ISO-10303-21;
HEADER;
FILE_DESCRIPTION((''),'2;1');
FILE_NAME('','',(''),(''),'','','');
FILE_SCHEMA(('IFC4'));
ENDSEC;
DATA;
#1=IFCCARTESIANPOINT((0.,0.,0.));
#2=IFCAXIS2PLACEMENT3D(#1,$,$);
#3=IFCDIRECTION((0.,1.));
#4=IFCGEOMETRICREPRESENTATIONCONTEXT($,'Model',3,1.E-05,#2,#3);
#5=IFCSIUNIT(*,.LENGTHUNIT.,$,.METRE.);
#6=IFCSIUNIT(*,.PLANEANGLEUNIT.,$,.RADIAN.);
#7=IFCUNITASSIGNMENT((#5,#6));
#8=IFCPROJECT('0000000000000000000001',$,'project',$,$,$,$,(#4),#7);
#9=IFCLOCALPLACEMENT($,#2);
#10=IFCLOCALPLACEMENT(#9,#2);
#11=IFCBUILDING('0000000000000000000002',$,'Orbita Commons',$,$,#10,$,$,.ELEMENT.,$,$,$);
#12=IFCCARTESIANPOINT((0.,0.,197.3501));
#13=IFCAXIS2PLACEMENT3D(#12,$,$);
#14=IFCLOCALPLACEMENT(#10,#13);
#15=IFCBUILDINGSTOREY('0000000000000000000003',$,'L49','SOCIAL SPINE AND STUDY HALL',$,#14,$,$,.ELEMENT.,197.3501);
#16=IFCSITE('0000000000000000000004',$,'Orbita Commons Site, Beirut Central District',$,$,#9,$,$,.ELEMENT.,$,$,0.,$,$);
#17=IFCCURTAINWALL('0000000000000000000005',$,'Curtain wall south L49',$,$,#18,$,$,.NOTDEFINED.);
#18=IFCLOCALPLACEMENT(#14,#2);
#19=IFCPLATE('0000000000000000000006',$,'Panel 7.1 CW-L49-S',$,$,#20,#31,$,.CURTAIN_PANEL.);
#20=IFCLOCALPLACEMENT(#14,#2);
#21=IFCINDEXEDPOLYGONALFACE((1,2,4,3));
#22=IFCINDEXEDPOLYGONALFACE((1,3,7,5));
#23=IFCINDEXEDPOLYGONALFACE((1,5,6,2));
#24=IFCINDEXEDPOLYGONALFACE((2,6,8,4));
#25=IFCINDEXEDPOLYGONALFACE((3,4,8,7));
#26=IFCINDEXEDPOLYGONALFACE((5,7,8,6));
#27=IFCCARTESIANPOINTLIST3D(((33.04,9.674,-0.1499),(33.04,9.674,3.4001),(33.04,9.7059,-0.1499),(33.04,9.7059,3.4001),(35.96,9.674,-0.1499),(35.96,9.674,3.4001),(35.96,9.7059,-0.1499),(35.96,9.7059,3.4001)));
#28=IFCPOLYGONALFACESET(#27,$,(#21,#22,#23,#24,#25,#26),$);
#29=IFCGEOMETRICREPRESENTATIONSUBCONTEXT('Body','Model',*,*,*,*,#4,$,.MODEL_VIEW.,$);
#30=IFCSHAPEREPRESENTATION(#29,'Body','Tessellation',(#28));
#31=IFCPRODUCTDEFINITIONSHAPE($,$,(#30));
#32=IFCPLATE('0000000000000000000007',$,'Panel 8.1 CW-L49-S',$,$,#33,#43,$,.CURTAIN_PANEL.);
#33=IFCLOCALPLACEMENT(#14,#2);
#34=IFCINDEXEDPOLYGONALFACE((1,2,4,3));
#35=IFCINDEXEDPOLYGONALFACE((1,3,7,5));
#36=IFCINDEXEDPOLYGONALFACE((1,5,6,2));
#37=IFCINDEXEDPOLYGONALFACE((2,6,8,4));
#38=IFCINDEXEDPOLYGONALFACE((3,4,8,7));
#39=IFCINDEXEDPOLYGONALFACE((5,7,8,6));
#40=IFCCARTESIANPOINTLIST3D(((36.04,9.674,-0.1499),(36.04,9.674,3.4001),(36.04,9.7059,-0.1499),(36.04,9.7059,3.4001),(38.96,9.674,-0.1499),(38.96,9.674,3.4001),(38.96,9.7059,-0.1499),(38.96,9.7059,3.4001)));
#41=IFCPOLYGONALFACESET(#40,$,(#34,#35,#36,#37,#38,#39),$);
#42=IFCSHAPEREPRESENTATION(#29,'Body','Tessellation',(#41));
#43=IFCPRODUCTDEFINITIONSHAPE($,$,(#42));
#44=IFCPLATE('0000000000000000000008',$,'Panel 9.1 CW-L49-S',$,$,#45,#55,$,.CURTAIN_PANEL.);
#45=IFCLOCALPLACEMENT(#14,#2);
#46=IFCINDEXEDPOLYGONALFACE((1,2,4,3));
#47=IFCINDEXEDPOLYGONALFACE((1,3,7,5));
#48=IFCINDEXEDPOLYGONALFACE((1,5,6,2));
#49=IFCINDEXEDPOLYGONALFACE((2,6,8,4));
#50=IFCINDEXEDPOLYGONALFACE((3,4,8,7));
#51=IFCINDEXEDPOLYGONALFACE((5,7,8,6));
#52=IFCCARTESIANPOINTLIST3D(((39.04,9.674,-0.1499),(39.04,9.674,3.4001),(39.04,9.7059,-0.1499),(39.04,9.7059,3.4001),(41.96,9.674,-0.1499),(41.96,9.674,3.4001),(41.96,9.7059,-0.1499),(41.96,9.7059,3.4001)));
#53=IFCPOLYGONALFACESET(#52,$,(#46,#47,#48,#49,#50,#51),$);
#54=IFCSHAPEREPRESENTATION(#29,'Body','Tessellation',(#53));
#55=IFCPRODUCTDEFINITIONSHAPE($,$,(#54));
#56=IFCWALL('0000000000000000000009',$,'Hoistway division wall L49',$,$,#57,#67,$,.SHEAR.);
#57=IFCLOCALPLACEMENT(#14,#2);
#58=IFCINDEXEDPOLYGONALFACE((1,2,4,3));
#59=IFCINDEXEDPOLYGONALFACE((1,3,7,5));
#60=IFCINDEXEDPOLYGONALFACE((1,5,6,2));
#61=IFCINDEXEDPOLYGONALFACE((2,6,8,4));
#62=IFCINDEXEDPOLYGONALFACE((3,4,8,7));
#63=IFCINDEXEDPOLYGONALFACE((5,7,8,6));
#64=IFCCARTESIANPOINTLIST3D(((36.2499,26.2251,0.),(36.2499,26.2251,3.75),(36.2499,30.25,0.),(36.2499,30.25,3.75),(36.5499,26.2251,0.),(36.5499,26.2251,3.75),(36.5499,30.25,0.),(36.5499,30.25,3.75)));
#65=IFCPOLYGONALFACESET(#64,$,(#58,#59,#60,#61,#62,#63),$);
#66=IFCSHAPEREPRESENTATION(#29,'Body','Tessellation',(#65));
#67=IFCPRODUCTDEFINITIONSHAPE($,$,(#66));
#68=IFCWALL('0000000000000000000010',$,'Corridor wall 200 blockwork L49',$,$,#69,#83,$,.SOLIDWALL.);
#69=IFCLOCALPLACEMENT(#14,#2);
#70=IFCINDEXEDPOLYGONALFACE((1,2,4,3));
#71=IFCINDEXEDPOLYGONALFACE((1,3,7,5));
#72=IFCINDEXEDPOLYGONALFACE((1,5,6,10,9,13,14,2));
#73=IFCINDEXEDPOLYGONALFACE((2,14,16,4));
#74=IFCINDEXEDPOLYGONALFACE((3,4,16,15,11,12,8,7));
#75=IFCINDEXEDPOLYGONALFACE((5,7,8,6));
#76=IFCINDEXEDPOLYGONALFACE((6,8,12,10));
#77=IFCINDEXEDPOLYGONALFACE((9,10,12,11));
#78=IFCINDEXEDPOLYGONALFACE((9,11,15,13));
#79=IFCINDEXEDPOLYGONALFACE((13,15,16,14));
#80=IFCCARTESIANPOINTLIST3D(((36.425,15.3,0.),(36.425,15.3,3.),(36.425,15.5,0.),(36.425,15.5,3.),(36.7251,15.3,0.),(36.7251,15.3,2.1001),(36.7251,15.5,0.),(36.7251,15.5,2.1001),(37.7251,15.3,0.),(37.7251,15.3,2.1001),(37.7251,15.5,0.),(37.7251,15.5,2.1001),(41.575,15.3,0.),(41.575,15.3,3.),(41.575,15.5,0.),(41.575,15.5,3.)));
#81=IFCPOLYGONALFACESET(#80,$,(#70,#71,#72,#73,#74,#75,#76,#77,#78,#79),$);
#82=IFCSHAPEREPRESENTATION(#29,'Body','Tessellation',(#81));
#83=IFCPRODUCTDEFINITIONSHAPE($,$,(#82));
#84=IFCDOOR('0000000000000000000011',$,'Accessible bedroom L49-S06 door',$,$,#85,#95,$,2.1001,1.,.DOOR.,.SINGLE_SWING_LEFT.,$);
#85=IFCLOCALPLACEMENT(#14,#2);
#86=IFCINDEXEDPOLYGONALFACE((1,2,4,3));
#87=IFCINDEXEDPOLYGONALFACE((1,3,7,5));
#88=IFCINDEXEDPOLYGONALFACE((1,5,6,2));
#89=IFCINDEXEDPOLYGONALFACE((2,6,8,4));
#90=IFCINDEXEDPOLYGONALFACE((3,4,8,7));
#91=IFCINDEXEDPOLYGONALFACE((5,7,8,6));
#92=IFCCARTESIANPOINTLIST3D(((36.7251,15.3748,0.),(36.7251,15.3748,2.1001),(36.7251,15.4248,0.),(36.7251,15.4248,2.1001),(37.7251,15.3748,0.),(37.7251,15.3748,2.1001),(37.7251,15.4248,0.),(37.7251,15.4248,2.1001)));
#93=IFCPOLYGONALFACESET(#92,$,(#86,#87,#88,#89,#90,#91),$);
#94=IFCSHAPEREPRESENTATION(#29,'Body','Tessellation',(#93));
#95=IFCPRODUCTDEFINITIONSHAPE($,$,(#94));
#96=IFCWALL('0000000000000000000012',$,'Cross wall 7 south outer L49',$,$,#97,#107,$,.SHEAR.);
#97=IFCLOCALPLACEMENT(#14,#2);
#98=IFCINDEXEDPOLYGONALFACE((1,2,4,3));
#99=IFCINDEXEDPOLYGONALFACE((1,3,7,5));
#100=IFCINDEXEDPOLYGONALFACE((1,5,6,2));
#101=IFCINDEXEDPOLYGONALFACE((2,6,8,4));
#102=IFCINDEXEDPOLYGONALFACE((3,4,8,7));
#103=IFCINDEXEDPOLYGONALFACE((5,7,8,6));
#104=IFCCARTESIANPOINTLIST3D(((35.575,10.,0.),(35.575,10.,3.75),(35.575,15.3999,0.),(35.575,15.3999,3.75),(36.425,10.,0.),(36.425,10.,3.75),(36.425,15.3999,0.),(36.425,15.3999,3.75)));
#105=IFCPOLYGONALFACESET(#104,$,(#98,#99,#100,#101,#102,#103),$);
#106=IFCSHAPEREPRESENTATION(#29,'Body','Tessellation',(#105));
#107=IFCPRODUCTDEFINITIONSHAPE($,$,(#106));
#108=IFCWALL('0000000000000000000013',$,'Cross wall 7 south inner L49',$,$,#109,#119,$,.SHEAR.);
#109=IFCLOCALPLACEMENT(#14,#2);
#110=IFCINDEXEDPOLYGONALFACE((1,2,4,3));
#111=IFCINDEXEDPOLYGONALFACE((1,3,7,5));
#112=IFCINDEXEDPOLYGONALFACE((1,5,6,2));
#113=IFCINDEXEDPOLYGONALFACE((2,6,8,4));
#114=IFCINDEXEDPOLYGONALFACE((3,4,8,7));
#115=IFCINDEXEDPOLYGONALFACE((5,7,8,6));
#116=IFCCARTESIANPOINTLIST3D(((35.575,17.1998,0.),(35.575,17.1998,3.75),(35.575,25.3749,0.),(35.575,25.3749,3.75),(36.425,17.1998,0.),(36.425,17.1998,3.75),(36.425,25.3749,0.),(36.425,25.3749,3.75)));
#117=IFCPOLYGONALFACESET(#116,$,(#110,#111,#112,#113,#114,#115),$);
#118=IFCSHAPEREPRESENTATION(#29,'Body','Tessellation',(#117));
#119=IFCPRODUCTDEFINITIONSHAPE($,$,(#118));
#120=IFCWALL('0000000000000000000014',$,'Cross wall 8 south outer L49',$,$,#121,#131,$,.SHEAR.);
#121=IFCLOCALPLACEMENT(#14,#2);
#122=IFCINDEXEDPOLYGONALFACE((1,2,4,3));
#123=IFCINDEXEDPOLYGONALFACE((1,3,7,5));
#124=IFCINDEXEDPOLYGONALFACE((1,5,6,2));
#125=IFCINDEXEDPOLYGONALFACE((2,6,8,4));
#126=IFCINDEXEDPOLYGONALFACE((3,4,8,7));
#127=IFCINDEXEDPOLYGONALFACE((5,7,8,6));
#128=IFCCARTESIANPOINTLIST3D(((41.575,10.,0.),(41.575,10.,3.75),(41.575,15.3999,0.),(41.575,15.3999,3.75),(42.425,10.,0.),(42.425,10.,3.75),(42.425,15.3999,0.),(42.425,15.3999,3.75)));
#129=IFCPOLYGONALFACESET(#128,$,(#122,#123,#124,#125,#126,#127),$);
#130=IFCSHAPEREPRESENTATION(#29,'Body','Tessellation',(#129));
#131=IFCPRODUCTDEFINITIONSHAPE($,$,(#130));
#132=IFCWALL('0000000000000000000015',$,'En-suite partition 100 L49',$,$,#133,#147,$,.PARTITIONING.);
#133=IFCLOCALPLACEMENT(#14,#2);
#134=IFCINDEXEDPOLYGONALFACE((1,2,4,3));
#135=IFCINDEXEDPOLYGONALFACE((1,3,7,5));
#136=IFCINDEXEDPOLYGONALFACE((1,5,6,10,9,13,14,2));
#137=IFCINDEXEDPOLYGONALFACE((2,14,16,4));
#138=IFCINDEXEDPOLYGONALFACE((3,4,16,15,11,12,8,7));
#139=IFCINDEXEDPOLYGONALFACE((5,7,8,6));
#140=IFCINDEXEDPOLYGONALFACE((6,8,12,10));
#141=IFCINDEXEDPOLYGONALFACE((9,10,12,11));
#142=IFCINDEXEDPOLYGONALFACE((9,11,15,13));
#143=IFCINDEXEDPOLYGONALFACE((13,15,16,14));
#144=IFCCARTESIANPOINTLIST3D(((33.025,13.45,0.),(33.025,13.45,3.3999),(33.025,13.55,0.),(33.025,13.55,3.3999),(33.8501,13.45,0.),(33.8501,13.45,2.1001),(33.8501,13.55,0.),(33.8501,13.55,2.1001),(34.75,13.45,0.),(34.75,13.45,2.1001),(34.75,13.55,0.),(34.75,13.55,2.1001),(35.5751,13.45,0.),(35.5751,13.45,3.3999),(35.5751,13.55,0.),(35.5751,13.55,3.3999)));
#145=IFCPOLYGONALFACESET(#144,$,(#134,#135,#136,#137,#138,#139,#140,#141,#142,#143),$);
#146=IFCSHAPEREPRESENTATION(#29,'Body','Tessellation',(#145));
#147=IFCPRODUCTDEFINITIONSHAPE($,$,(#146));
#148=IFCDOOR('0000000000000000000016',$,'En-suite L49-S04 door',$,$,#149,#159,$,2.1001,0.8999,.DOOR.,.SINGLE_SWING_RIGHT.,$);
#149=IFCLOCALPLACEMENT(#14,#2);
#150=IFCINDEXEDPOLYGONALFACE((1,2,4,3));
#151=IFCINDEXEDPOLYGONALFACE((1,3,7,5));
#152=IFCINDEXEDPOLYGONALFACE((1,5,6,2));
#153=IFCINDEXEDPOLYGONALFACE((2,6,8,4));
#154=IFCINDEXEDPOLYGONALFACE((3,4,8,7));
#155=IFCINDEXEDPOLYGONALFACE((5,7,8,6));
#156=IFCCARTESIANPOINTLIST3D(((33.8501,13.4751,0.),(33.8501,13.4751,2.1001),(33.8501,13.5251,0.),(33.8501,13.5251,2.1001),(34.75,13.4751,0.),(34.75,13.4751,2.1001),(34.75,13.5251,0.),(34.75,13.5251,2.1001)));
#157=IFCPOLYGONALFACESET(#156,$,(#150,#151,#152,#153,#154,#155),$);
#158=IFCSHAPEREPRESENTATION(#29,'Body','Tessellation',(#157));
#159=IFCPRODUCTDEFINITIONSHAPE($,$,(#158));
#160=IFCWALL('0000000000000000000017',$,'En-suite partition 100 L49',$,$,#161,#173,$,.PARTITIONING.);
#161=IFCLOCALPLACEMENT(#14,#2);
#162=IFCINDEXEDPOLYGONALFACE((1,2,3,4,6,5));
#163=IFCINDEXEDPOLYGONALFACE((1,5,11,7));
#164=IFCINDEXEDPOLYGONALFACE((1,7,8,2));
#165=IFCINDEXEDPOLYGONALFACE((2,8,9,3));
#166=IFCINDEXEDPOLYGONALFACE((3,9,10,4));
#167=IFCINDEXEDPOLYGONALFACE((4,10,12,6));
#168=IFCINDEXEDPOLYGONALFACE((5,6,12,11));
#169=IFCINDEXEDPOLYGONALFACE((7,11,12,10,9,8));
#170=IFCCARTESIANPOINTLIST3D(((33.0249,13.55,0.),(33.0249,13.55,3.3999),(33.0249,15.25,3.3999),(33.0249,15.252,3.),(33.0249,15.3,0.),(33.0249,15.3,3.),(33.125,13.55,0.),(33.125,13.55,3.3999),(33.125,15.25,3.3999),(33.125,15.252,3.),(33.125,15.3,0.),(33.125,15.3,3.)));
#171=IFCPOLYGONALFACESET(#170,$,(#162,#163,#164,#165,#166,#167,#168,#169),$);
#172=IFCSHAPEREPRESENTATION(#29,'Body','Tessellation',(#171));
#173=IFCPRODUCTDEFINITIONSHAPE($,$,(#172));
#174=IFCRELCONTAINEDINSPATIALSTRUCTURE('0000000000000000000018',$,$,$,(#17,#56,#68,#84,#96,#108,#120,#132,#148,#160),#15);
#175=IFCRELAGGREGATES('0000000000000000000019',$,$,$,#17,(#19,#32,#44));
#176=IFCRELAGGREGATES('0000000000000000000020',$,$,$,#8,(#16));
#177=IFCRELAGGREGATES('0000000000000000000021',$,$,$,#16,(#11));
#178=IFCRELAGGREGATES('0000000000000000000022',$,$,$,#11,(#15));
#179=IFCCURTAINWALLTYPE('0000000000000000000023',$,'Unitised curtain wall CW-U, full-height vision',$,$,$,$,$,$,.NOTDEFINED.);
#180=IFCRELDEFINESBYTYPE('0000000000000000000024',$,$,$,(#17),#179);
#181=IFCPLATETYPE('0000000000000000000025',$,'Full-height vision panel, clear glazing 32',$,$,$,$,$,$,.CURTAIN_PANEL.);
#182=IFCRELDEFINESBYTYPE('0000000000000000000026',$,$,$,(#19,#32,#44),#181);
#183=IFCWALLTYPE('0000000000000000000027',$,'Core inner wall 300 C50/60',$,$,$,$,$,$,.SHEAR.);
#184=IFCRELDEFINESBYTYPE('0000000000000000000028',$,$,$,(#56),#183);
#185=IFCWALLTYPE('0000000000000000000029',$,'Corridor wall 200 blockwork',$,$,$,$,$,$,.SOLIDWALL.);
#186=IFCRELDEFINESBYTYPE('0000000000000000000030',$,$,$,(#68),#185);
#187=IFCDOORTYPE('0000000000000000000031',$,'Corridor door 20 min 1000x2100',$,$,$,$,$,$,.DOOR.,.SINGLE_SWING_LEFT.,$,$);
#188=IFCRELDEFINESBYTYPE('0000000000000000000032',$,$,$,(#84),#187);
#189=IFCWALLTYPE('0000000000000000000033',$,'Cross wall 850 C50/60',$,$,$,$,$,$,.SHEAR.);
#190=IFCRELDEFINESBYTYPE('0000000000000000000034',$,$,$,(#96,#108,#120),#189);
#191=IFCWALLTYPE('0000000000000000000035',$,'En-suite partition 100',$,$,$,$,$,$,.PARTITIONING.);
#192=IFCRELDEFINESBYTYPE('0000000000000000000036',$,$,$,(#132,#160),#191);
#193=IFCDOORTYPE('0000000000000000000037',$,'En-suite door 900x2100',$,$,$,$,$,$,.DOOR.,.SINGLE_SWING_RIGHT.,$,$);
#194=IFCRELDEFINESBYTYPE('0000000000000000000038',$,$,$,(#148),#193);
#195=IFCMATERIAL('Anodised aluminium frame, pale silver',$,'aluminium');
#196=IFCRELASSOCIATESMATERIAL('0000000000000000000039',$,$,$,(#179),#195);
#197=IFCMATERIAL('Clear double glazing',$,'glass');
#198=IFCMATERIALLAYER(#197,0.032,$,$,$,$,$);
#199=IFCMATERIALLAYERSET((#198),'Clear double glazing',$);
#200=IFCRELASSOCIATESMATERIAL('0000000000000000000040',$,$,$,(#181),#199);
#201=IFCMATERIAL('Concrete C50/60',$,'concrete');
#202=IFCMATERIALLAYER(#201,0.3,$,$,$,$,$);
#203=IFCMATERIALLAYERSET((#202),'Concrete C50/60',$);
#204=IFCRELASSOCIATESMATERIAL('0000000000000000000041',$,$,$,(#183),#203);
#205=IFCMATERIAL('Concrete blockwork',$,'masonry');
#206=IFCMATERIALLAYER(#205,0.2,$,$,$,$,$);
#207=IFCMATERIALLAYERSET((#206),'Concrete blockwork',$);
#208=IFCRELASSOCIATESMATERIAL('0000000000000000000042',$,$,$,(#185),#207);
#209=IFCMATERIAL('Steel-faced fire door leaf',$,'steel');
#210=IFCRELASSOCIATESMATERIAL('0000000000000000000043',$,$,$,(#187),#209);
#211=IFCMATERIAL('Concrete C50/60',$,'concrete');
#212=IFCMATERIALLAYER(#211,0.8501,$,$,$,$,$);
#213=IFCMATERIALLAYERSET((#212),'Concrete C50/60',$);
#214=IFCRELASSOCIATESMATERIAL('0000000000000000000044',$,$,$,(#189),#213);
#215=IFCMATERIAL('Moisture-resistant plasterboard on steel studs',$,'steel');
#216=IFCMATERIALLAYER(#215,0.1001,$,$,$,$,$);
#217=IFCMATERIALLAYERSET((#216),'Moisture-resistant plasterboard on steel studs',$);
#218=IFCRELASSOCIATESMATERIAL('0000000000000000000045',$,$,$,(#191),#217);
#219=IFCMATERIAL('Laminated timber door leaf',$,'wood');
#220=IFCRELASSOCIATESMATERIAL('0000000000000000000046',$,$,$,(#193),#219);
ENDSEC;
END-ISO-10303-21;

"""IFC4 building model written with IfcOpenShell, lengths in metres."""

from ifc_helpers import new_model, si_unit, direction, frame, frame_2d, origin, origin_2d, place, context, subcontext, project, spatial, polyline, rectangle, outline, extrude, material, layer, layer_set, type_object, element, fill, aggregate, save


model = new_model("IFC4")

# Units and contexts
model_context = context("Model", 3, precision=1e-05, world=origin(), true_north=direction((0.0, 1.0)))
body_context = subcontext(model_context, "Body", "Model", "MODEL_VIEW")
ifc_project = project(units=[si_unit("LENGTHUNIT", "METRE"), si_unit("PLANEANGLEUNIT", "RADIAN")], contexts=[model_context])

# Site, building, storey
site_placement = place(None, origin())
site = spatial("IfcSite", under=ifc_project, at=site_placement, Name="Orbita Commons Site, Beirut Central District", CompositionType="ELEMENT", RefElevation=0.0)
building_placement = place(site_placement, origin())
building = spatial("IfcBuilding", under=site, at=building_placement, Name="Orbita Commons", CompositionType="ELEMENT")
storey_placement = place(building_placement, frame((0.0, 0.0, 197.3501)))
storey = spatial("IfcBuildingStorey", under=building, at=storey_placement, Name="L49", Description="SOCIAL SPINE AND STUDY HALL", CompositionType="ELEMENT", Elevation=197.3501)

# Curtain wall
ifc_material_1 = material(Name="Anodised aluminium frame, pale silver", Category="aluminium")
curtain_wall_type = type_object("IfcCurtainWallType", Name="Unitised curtain wall CW-U, full-height vision", PredefinedType="NOTDEFINED", material=ifc_material_1)
curtain_wall_placement = place(storey_placement, origin())
curtain_wall = element("IfcCurtainWall", 1, at=curtain_wall_placement, inside=storey, type_object=curtain_wall_type, Name="Curtain wall south L49", PredefinedType="NOTDEFINED")

# Plates
ifc_material_2 = material(Name="Clear double glazing", Category="glass")
ifc_layer_1 = layer(ifc_material_2, 0.032)
ifc_layer_set_1 = layer_set([ifc_layer_1], Name="Clear double glazing")
plate_type = type_object("IfcPlateType", Name="Full-height vision panel, clear glazing 32", PredefinedType="CURTAIN_PANEL", material=ifc_layer_set_1)
plate_1_placement = place(storey_placement, frame((34.5, 9.6899, -0.1499), z_axis=(0.0, 0.0, 1.0), x_axis=(1.0, 0.0, 0.0)))
plate_1 = element("IfcPlate", 2, at=plate_1_placement, type_object=plate_type, Name="Panel 7.1 CW-L49-S", PredefinedType="CURTAIN_PANEL", context=body_context, shape_type="SweptSolid", body=[
    extrude(rectangle(XDim=2.9199, YDim=0.032, at=origin_2d()), origin(), (0.0, 0.0, 1.0), 3.55),
])
plate_2_placement = place(storey_placement, frame((37.5, 9.6899, -0.1499), z_axis=(0.0, 0.0, 1.0), x_axis=(1.0, 0.0, 0.0)))
plate_2 = element("IfcPlate", 3, at=plate_2_placement, type_object=plate_type, Name="Panel 8.1 CW-L49-S", PredefinedType="CURTAIN_PANEL", context=body_context, shape_type="SweptSolid", body=[
    extrude(rectangle(XDim=2.9199, YDim=0.032, at=origin_2d()), origin(), (0.0, 0.0, 1.0), 3.55),
])
plate_3_placement = place(storey_placement, frame((40.5, 9.6899, -0.1499), z_axis=(0.0, 0.0, 1.0), x_axis=(1.0, 0.0, 0.0)))
plate_3 = element("IfcPlate", 4, at=plate_3_placement, type_object=plate_type, Name="Panel 9.1 CW-L49-S", PredefinedType="CURTAIN_PANEL", context=body_context, shape_type="SweptSolid", body=[
    extrude(rectangle(XDim=2.9199, YDim=0.032, at=origin_2d()), origin(), (0.0, 0.0, 1.0), 3.55),
])
aggregate(curtain_wall, [plate_1, plate_2, plate_3])

# Wall
ifc_material_3 = material(Name="Concrete C50/60", Category="concrete")
ifc_layer_2 = layer(ifc_material_3, 0.3)
ifc_layer_set_2 = layer_set([ifc_layer_2], Name="Concrete C50/60")
wall_type_1 = type_object("IfcWallType", Name="Core inner wall 300 C50/60", PredefinedType="SHEAR", material=ifc_layer_set_2)
wall_1_placement = place(storey_placement, frame((36.3999, 26.2251, 0.0), z_axis=(0.0, 0.0, 1.0), x_axis=(0.0, 1.0, 0.0)))
element("IfcWall", 5, at=wall_1_placement, inside=storey, type_object=wall_type_1, Name="Hoistway division wall L49", PredefinedType="SHEAR", context=body_context, shape_type="SweptSolid", body=[
    extrude(rectangle(XDim=4.0249, YDim=0.3, at=frame_2d((2.0125, 0.0))), origin(), (0.0, 0.0, 1.0), 3.75),
])

# Wall, opening, door
ifc_material_4 = material(Name="Concrete blockwork", Category="masonry")
ifc_layer_3 = layer(ifc_material_4, 0.2)
ifc_layer_set_3 = layer_set([ifc_layer_3], Name="Concrete blockwork")
wall_type_2 = type_object("IfcWallType", Name="Corridor wall 200 blockwork", PredefinedType="SOLIDWALL", material=ifc_layer_set_3)
wall_2_placement = place(storey_placement, frame((36.425, 15.3999, 0.0), z_axis=(0.0, 0.0, 1.0), x_axis=(1.0, 0.0, 0.0)))
wall_2 = element("IfcWall", 6, at=wall_2_placement, inside=storey, type_object=wall_type_2, Name="Corridor wall 200 blockwork L49", PredefinedType="SOLIDWALL", context=body_context, shape_type="SweptSolid", body=[
    extrude(outline(polyline([(0.0, 0.0), (5.1499, 0.0), (5.1499, 3.0), (0.0, 3.0), (0.0, 0.0)])), frame((0.0, 0.1001, 0.0), z_axis=(0.0, -1.0, 0.0), x_axis=(1.0, 0.0, 0.0)), (0.0, 0.0, 1.0), 0.2),
])
opening_1_placement = place(wall_2_placement, frame((0.3, 0.0, 0.0)))
opening_1 = element("IfcOpeningElement", 7, at=opening_1_placement, cuts=wall_2, PredefinedType="OPENING", context=body_context, shape_type="SweptSolid", body=[
    extrude(rectangle(XDim=1.0, YDim=2.1001, at=frame_2d((0.5, 1.05))), frame((0.0, 0.1099, 0.0), z_axis=(0.0, -1.0, 0.0), x_axis=(1.0, 0.0, 0.0)), (0.0, 0.0, 1.0), 0.22),
])
ifc_material_5 = material(Name="Steel-faced fire door leaf", Category="steel")
door_type_1 = type_object("IfcDoorType", Name="Corridor door 20 min 1000x2100", OperationType="SINGLE_SWING_LEFT", PredefinedType="DOOR", material=ifc_material_5)
door_1_placement = place(opening_1_placement, origin())
door_1 = element("IfcDoor", 8, at=door_1_placement, inside=storey, type_object=door_type_1, Name="Accessible bedroom L49-S06 door", OperationType="SINGLE_SWING_LEFT", OverallHeight=2.1001, OverallWidth=1.0, PredefinedType="DOOR", context=body_context, shape_type="SweptSolid", body=[
    extrude(rectangle(XDim=1.0, YDim=2.1001, at=frame_2d((0.5, 1.05))), frame((0.0, 0.0249, 0.0), z_axis=(0.0, -1.0, 0.0), x_axis=(1.0, 0.0, 0.0)), (0.0, 0.0, 1.0), 0.05),
])
fill(opening_1, door_1)

# Walls
ifc_material_6 = material(Name="Concrete C50/60", Category="concrete")
ifc_layer_4 = layer(ifc_material_6, 0.8501)
ifc_layer_set_4 = layer_set([ifc_layer_4], Name="Concrete C50/60")
wall_type_3 = type_object("IfcWallType", Name="Cross wall 850 C50/60", PredefinedType="SHEAR", material=ifc_layer_set_4)
wall_3_placement = place(storey_placement, frame((36.0, 10.0, 0.0), z_axis=(0.0, 0.0, 1.0), x_axis=(0.0, 1.0, 0.0)))
element("IfcWall", 9, at=wall_3_placement, inside=storey, type_object=wall_type_3, Name="Cross wall 7 south outer L49", PredefinedType="SHEAR", context=body_context, shape_type="SweptSolid", body=[
    extrude(rectangle(XDim=5.3999, YDim=0.8501, at=frame_2d((2.7, 0.0))), origin(), (0.0, 0.0, 1.0), 3.75),
])
wall_4_placement = place(storey_placement, frame((36.0, 17.2, 0.0), z_axis=(0.0, 0.0, 1.0), x_axis=(0.0, 1.0, 0.0)))
element("IfcWall", 10, at=wall_4_placement, inside=storey, type_object=wall_type_3, Name="Cross wall 7 south inner L49", PredefinedType="SHEAR", context=body_context, shape_type="SweptSolid", body=[
    extrude(rectangle(XDim=8.175, YDim=0.8501, at=frame_2d((4.0874, 0.0))), origin(), (0.0, 0.0, 1.0), 3.75),
])
wall_5_placement = place(storey_placement, frame((42.0, 10.0, 0.0), z_axis=(0.0, 0.0, 1.0), x_axis=(0.0, 1.0, 0.0)))
element("IfcWall", 11, at=wall_5_placement, inside=storey, type_object=wall_type_3, Name="Cross wall 8 south outer L49", PredefinedType="SHEAR", context=body_context, shape_type="SweptSolid", body=[
    extrude(rectangle(XDim=5.3999, YDim=0.8501, at=frame_2d((2.7, 0.0))), origin(), (0.0, 0.0, 1.0), 3.75),
])

# Wall, opening, door
ifc_material_7 = material(Name="Moisture-resistant plasterboard on steel studs", Category="steel")
ifc_layer_5 = layer(ifc_material_7, 0.1001)
ifc_layer_set_5 = layer_set([ifc_layer_5], Name="Moisture-resistant plasterboard on steel studs")
wall_type_4 = type_object("IfcWallType", Name="En-suite partition 100", PredefinedType="PARTITIONING", material=ifc_layer_set_5)
wall_6_placement = place(storey_placement, frame((35.575, 13.5, 0.0), z_axis=(0.0, 0.0, 1.0), x_axis=(-1.0, 0.0, 0.0)))
wall_6 = element("IfcWall", 12, at=wall_6_placement, inside=storey, type_object=wall_type_4, Name="En-suite partition 100 L49", PredefinedType="PARTITIONING", context=body_context, shape_type="SweptSolid", body=[
    extrude(rectangle(XDim=2.55, YDim=0.1001, at=frame_2d((1.2749, 0.0))), origin(), (0.0, 0.0, 1.0), 3.3999),
])
opening_2_placement = place(wall_6_placement, frame((0.825, 0.0, 0.0)))
opening_2 = element("IfcOpeningElement", 13, at=opening_2_placement, cuts=wall_6, PredefinedType="OPENING", context=body_context, shape_type="SweptSolid", body=[
    extrude(rectangle(XDim=0.8999, YDim=2.1001, at=frame_2d((0.45, 1.05))), frame((0.0, 0.0601, 0.0), z_axis=(0.0, -1.0, 0.0), x_axis=(1.0, 0.0, 0.0)), (0.0, 0.0, 1.0), 0.1201),
])
ifc_material_8 = material(Name="Laminated timber door leaf", Category="wood")
door_type_2 = type_object("IfcDoorType", Name="En-suite door 900x2100", OperationType="SINGLE_SWING_RIGHT", PredefinedType="DOOR", material=ifc_material_8)
door_2_placement = place(opening_2_placement, origin())
door_2 = element("IfcDoor", 14, at=door_2_placement, inside=storey, type_object=door_type_2, Name="En-suite L49-S04 door", OperationType="SINGLE_SWING_RIGHT", OverallHeight=2.1001, OverallWidth=0.8999, PredefinedType="DOOR", context=body_context, shape_type="SweptSolid", body=[
    extrude(rectangle(XDim=0.8999, YDim=2.1001, at=frame_2d((0.45, 1.05))), frame((0.0, 0.0249, 0.0), z_axis=(0.0, -1.0, 0.0), x_axis=(1.0, 0.0, 0.0)), (0.0, 0.0, 1.0), 0.05),
])
fill(opening_2, door_2)

# Wall
wall_7_placement = place(storey_placement, frame((33.075, 13.55, 0.0), z_axis=(0.0, 0.0, 1.0), x_axis=(0.0, 1.0, 0.0)))
element("IfcWall", 15, at=wall_7_placement, inside=storey, type_object=wall_type_4, Name="En-suite partition 100 L49", PredefinedType="PARTITIONING", context=body_context, shape_type="SweptSolid", body=[
    extrude(outline(polyline([(0.0, 0.0), (1.75, 0.0), (1.75, 3.0), (1.7019, 3.0), (1.7, 3.3999), (0.0, 3.3999), (0.0, 0.0)])), frame((0.0, 0.05, 0.0), z_axis=(0.0, -1.0, 0.0), x_axis=(1.0, 0.0, 0.0)), (0.0, 0.0, 1.0), 0.1001),
])

save(model, "model.ifc")
